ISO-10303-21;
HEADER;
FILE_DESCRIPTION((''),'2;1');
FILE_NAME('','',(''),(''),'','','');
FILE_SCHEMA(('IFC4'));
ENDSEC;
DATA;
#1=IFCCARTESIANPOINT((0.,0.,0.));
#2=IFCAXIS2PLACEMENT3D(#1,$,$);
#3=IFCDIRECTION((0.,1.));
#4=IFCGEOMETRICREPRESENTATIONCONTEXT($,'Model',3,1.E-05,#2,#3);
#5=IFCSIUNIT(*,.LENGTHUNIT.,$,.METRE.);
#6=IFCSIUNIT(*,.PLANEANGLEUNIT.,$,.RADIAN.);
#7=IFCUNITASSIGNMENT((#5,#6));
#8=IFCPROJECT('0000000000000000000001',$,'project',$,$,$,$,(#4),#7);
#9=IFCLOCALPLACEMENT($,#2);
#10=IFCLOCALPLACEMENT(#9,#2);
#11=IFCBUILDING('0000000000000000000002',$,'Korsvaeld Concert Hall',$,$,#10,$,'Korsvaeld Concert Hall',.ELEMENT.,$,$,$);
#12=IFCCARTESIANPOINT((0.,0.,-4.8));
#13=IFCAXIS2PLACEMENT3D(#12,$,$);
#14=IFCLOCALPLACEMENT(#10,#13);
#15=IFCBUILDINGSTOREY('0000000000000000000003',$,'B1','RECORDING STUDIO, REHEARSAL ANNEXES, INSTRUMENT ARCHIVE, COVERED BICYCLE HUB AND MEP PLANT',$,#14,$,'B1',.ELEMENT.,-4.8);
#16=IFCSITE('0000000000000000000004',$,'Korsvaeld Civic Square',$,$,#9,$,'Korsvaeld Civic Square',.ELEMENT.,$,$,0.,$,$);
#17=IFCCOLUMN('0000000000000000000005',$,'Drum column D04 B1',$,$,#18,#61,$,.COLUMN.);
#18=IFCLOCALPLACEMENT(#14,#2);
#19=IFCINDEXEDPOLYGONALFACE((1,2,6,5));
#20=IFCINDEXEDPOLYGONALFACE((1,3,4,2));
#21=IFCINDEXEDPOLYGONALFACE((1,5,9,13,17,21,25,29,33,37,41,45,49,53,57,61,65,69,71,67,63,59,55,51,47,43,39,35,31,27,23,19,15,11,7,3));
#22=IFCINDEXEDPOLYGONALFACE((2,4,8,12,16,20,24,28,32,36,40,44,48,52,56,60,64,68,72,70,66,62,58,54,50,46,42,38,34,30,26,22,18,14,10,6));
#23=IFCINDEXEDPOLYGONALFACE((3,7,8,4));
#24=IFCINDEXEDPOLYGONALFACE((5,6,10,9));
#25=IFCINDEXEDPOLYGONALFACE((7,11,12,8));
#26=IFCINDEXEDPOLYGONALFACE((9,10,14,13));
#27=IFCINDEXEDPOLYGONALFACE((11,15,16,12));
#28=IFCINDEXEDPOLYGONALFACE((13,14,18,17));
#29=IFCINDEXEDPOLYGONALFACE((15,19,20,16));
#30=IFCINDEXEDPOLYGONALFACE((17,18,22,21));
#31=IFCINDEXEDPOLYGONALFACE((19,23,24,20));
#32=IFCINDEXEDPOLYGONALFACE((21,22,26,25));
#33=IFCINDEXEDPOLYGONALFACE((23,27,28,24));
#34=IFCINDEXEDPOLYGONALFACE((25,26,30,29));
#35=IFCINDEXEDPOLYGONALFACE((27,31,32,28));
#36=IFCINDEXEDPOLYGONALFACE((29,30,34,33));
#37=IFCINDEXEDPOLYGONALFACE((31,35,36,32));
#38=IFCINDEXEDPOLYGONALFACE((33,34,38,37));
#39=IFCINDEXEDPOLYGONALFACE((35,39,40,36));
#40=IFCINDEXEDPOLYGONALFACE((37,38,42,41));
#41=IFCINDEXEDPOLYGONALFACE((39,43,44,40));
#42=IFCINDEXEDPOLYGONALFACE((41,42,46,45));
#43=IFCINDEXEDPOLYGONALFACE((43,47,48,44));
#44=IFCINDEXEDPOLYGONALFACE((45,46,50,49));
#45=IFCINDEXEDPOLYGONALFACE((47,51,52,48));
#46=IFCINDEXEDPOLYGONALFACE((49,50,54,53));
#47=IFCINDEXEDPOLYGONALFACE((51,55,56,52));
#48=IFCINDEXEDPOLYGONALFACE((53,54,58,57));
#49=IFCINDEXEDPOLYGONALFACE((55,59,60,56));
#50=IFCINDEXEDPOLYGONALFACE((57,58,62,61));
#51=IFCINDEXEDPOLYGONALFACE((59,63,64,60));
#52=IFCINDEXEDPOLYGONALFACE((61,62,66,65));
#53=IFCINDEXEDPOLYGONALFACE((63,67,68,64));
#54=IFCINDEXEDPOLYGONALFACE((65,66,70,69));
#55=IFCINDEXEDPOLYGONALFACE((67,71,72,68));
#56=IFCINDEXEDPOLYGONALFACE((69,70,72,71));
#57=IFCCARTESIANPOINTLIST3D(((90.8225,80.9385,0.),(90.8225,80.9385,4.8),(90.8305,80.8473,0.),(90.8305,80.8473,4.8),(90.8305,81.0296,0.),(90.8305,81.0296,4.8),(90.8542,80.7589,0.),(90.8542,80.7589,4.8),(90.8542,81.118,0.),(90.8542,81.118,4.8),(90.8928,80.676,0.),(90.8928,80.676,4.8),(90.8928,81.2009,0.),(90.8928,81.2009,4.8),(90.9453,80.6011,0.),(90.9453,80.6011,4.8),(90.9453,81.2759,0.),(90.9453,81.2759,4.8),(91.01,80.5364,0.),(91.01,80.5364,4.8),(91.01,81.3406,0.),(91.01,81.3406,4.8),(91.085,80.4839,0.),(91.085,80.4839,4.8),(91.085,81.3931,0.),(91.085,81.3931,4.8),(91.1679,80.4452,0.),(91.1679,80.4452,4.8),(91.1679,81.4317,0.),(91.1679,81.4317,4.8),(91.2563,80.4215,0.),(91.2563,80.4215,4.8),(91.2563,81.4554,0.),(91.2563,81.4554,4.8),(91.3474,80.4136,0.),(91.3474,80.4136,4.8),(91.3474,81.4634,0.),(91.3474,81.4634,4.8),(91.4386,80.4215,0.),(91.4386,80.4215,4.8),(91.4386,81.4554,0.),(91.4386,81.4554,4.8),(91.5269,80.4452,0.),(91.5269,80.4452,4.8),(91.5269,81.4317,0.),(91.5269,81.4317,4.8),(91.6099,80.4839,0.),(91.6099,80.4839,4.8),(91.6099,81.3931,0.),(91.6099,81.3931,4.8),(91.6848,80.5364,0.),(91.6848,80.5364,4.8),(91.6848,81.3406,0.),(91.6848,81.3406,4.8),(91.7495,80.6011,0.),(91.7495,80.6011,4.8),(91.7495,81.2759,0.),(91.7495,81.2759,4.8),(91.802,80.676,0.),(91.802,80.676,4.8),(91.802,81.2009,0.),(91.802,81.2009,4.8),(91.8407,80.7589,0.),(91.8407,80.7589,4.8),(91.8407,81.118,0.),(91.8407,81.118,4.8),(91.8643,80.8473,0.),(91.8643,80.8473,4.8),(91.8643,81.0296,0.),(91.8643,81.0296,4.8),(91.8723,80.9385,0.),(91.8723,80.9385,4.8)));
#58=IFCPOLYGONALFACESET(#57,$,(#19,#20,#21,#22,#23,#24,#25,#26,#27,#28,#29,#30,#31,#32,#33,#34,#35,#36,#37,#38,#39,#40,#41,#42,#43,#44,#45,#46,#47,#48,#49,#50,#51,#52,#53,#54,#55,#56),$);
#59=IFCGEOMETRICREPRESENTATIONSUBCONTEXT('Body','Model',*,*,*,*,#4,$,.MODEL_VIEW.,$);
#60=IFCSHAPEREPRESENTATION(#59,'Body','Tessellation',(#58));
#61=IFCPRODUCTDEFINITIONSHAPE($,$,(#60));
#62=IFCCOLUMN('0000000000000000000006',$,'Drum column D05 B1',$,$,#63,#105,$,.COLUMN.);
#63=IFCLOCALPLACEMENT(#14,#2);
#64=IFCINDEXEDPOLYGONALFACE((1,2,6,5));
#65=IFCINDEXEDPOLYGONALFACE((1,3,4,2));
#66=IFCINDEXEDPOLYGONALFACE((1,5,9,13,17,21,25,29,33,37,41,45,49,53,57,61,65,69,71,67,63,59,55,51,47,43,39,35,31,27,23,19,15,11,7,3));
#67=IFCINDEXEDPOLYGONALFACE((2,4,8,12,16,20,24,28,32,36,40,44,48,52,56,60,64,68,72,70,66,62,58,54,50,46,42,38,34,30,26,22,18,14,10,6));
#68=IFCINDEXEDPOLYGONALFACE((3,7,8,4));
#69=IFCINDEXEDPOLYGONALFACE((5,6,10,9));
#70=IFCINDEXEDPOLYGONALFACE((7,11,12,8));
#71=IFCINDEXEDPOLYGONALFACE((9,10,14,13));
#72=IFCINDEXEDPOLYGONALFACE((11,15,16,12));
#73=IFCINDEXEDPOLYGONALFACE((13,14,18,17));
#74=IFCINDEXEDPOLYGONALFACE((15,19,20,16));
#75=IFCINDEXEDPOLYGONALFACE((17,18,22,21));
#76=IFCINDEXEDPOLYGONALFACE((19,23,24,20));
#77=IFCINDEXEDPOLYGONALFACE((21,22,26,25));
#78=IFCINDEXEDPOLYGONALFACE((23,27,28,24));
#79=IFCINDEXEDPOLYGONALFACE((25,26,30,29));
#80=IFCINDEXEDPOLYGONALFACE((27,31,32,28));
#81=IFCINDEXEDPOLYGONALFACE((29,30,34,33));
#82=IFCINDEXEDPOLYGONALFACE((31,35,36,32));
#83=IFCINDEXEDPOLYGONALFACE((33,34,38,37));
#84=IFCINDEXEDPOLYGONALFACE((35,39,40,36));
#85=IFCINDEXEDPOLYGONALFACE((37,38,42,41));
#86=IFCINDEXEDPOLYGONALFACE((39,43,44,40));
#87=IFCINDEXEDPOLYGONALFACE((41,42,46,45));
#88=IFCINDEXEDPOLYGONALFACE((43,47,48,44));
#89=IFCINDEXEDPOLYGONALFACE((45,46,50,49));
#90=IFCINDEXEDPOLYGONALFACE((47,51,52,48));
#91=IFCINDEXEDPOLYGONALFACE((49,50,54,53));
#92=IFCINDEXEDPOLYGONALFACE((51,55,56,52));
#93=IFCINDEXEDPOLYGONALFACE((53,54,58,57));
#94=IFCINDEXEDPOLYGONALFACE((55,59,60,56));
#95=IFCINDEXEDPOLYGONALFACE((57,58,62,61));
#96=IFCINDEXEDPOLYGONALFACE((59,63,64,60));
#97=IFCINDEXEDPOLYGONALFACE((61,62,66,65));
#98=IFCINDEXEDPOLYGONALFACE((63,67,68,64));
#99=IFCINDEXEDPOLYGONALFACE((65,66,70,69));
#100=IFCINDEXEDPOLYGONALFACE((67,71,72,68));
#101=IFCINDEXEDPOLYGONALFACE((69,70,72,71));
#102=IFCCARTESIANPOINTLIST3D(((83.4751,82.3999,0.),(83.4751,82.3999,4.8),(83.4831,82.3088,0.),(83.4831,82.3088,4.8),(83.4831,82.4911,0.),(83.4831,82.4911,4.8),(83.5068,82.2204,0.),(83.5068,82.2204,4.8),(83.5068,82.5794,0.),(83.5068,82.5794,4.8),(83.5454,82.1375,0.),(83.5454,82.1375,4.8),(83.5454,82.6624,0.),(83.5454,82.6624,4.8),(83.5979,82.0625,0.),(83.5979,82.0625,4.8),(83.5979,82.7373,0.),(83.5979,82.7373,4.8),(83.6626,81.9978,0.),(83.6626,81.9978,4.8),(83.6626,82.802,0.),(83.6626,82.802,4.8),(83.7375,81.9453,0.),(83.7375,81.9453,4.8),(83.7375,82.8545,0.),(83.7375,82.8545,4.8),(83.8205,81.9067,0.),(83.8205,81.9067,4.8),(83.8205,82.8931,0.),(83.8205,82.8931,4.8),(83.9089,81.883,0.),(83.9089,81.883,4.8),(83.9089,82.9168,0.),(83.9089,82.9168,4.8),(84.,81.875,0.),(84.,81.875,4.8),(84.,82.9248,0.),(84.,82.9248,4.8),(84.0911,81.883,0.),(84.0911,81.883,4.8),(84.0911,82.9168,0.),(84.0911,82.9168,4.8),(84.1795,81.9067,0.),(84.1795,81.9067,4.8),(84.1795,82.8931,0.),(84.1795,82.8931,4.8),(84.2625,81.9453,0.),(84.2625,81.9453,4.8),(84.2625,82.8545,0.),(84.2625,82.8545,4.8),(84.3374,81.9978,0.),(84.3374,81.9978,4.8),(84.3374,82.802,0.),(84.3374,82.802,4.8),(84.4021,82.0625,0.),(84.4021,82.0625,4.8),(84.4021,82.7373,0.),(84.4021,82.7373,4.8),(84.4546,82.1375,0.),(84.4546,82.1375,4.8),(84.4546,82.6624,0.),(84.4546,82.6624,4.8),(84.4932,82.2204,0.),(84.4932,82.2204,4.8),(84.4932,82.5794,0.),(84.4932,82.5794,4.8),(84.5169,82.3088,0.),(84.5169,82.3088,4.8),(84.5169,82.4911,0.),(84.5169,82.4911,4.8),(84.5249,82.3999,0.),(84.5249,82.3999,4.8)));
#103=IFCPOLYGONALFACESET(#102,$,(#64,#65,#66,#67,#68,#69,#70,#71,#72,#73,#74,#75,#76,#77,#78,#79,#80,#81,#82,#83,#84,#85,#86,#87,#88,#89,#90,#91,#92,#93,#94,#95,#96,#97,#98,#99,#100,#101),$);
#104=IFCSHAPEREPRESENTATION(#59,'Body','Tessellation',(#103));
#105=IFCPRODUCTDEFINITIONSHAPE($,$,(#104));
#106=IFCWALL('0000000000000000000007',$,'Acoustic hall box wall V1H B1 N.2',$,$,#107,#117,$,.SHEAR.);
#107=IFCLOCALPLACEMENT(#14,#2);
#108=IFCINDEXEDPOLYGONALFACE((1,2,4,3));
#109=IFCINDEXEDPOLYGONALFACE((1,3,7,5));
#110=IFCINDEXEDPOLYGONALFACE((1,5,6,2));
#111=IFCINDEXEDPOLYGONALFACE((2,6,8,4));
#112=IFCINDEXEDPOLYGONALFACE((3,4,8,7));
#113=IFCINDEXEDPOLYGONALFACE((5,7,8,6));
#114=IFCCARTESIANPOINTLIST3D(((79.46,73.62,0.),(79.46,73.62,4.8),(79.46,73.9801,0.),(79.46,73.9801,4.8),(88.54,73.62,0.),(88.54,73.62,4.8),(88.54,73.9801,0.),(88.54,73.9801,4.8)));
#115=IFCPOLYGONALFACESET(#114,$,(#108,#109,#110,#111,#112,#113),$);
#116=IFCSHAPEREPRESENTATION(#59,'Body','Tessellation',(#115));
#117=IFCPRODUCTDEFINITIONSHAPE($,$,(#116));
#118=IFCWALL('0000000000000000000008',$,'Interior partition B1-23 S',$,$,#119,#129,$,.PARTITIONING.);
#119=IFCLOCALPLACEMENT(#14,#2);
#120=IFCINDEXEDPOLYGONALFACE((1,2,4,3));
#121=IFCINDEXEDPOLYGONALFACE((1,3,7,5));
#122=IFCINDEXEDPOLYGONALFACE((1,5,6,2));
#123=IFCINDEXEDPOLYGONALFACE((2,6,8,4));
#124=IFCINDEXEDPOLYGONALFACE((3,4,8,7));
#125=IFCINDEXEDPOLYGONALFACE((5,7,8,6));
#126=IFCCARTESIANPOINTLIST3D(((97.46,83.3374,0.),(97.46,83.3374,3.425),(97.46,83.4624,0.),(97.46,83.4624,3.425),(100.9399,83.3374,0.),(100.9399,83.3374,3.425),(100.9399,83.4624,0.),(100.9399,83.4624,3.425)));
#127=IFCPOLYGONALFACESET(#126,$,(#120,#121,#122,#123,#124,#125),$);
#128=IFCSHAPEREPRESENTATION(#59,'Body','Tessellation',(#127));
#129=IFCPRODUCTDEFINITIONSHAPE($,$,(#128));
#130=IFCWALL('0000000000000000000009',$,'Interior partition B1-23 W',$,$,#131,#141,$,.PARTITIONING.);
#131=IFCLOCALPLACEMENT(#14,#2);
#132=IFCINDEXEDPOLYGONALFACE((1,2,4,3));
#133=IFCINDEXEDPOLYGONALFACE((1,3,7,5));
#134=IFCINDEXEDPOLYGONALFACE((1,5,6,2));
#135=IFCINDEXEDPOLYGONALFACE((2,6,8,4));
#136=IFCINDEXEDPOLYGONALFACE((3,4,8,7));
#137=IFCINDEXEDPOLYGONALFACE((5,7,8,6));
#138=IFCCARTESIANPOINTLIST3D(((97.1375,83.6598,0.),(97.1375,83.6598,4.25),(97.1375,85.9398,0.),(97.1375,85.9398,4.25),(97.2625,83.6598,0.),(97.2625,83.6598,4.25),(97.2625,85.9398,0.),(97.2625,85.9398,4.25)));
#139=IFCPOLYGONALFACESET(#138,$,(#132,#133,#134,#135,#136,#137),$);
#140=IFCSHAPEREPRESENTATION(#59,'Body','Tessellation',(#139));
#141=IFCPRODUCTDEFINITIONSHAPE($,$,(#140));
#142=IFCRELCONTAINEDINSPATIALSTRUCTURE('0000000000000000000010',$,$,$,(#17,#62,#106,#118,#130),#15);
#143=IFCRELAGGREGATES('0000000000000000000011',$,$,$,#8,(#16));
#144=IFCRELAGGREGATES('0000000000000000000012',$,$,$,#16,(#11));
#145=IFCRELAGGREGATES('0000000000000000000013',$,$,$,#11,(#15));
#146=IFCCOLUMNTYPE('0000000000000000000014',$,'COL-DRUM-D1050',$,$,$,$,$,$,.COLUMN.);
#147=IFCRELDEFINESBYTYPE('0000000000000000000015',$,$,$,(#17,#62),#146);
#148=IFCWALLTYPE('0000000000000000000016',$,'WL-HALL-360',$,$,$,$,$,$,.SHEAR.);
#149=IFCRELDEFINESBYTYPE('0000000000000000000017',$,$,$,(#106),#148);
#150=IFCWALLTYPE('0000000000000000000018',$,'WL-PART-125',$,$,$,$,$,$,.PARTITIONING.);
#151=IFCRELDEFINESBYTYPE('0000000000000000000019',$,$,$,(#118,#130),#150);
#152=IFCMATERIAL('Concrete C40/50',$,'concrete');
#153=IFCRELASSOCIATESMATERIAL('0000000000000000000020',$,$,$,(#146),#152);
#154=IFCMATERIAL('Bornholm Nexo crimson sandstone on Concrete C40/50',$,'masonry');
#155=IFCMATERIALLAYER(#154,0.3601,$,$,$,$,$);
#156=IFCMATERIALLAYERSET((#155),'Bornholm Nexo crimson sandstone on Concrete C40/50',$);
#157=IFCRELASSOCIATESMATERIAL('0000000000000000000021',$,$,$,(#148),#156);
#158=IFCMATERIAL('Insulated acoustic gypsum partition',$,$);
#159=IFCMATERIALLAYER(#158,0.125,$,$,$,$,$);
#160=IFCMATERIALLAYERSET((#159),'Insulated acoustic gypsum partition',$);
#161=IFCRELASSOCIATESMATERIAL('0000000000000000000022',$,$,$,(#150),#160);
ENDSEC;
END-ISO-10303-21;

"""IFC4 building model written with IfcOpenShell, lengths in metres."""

from ifc_helpers import new_model, si_unit, direction, frame, frame_2d, origin, origin_2d, place, context, subcontext, project, spatial, rectangle, circle, extrude, material, layer, layer_set, material_profile, profile_set, type_object, element, save


model = new_model("IFC4")

# Units and contexts
model_context = context("Model", 3, precision=1e-05, world=origin(), true_north=direction((0.0, 1.0)))
body_context = subcontext(model_context, "Body", "Model", "MODEL_VIEW")
ifc_project = project(units=[si_unit("LENGTHUNIT", "METRE"), si_unit("PLANEANGLEUNIT", "RADIAN")], contexts=[model_context])

# Site, building, storey
site_placement = place(None, origin())
site = spatial("IfcSite", under=ifc_project, at=site_placement, Name="Korsvaeld Civic Square", LongName="Korsvaeld Civic Square", CompositionType="ELEMENT", RefElevation=0.0)
building_placement = place(site_placement, origin())
building = spatial("IfcBuilding", under=site, at=building_placement, Name="Korsvaeld Concert Hall", LongName="Korsvaeld Concert Hall", CompositionType="ELEMENT")
storey_placement = place(building_placement, frame((0.0, 0.0, -4.8)))
storey = spatial("IfcBuildingStorey", under=building, at=storey_placement, Name="B1", Description="RECORDING STUDIO, REHEARSAL ANNEXES, INSTRUMENT ARCHIVE, COVERED BICYCLE HUB AND MEP PLANT", LongName="B1", CompositionType="ELEMENT", Elevation=-4.8)

# Shared definitions
ifc_material_1 = material(Name="Concrete C40/50", Category="concrete")

# Columns
ifc_material_profile_1 = material_profile(ifc_material_1, circle(Radius=0.5249, at=origin_2d()), Name="RC D1050")
ifc_profile_set_1 = profile_set([ifc_material_profile_1], Name="Concrete C40/50")
column_type = type_object("IfcColumnType", Name="COL-DRUM-D1050", PredefinedType="COLUMN", material=ifc_profile_set_1)
for number, where, z_axis, x_axis, name in (
    (1, (91.3474, 80.9385, 0.0), (0.0, 0.0, 1.0), (1.0, 0.0, 0.0), "Drum column D04 B1"),
    (2, (84.0, 82.3999, 0.0), (0.0, 0.0, 1.0), (1.0, 0.0, 0.0), "Drum column D05 B1"),
):
    element("IfcColumn", number, at=place(storey_placement, frame(where, z_axis=z_axis, x_axis=x_axis)), inside=storey, type_object=column_type, Name=name, PredefinedType="COLUMN", context=body_context, shape_type="SweptSolid", body=[
        extrude(circle(Radius=0.5249, at=origin_2d()), origin(), (0.0, 0.0, 1.0), 4.8),
    ])

# Walls
ifc_material_2 = material(Name="Bornholm Nexo crimson sandstone on Concrete C40/50", Category="masonry")
ifc_layer_1 = layer(ifc_material_2, 0.3601)
ifc_layer_set_1 = layer_set([ifc_layer_1], Name="Bornholm Nexo crimson sandstone on Concrete C40/50")
wall_type_1 = type_object("IfcWallType", Name="WL-HALL-360", PredefinedType="SHEAR", material=ifc_layer_set_1)
wall_1_placement = place(storey_placement, frame((88.54, 73.8, 0.0), z_axis=(0.0, 0.0, 1.0), x_axis=(-1.0, 0.0, 0.0)))
element("IfcWall", 3, at=wall_1_placement, inside=storey, type_object=wall_type_1, Name="Acoustic hall box wall V1H B1 N.2", PredefinedType="SHEAR", context=body_context, shape_type="SweptSolid", body=[
    extrude(rectangle(XDim=9.0801, YDim=0.3601, at=frame_2d((4.54, 0.0))), origin(), (0.0, 0.0, 1.0), 4.8),
])
ifc_material_3 = material(Name="Insulated acoustic gypsum partition")
ifc_layer_2 = layer(ifc_material_3, 0.125)
ifc_layer_set_2 = layer_set([ifc_layer_2], Name="Insulated acoustic gypsum partition")
wall_type_2 = type_object("IfcWallType", Name="WL-PART-125", PredefinedType="PARTITIONING", material=ifc_layer_set_2)
wall_2_placement = place(storey_placement, frame((97.46, 83.3999, 0.0), z_axis=(0.0, 0.0, 1.0), x_axis=(1.0, 0.0, 0.0)))
element("IfcWall", 4, at=wall_2_placement, inside=storey, type_object=wall_type_2, Name="Interior partition B1-23 S", PredefinedType="PARTITIONING", context=body_context, shape_type="SweptSolid", body=[
    extrude(rectangle(XDim=3.48, YDim=0.125, at=frame_2d((1.74, 0.0))), origin(), (0.0, 0.0, 1.0), 3.425),
])
wall_3_placement = place(storey_placement, frame((97.2, 85.9399, 0.0), z_axis=(0.0, 0.0, 1.0), x_axis=(0.0, -1.0, 0.0)))
element("IfcWall", 5, at=wall_3_placement, inside=storey, type_object=wall_type_2, Name="Interior partition B1-23 W", PredefinedType="PARTITIONING", context=body_context, shape_type="SweptSolid", body=[
    extrude(rectangle(XDim=2.28, YDim=0.125, at=frame_2d((1.1401, 0.0))), origin(), (0.0, 0.0, 1.0), 4.25),
])

save(model, "model.ifc")
